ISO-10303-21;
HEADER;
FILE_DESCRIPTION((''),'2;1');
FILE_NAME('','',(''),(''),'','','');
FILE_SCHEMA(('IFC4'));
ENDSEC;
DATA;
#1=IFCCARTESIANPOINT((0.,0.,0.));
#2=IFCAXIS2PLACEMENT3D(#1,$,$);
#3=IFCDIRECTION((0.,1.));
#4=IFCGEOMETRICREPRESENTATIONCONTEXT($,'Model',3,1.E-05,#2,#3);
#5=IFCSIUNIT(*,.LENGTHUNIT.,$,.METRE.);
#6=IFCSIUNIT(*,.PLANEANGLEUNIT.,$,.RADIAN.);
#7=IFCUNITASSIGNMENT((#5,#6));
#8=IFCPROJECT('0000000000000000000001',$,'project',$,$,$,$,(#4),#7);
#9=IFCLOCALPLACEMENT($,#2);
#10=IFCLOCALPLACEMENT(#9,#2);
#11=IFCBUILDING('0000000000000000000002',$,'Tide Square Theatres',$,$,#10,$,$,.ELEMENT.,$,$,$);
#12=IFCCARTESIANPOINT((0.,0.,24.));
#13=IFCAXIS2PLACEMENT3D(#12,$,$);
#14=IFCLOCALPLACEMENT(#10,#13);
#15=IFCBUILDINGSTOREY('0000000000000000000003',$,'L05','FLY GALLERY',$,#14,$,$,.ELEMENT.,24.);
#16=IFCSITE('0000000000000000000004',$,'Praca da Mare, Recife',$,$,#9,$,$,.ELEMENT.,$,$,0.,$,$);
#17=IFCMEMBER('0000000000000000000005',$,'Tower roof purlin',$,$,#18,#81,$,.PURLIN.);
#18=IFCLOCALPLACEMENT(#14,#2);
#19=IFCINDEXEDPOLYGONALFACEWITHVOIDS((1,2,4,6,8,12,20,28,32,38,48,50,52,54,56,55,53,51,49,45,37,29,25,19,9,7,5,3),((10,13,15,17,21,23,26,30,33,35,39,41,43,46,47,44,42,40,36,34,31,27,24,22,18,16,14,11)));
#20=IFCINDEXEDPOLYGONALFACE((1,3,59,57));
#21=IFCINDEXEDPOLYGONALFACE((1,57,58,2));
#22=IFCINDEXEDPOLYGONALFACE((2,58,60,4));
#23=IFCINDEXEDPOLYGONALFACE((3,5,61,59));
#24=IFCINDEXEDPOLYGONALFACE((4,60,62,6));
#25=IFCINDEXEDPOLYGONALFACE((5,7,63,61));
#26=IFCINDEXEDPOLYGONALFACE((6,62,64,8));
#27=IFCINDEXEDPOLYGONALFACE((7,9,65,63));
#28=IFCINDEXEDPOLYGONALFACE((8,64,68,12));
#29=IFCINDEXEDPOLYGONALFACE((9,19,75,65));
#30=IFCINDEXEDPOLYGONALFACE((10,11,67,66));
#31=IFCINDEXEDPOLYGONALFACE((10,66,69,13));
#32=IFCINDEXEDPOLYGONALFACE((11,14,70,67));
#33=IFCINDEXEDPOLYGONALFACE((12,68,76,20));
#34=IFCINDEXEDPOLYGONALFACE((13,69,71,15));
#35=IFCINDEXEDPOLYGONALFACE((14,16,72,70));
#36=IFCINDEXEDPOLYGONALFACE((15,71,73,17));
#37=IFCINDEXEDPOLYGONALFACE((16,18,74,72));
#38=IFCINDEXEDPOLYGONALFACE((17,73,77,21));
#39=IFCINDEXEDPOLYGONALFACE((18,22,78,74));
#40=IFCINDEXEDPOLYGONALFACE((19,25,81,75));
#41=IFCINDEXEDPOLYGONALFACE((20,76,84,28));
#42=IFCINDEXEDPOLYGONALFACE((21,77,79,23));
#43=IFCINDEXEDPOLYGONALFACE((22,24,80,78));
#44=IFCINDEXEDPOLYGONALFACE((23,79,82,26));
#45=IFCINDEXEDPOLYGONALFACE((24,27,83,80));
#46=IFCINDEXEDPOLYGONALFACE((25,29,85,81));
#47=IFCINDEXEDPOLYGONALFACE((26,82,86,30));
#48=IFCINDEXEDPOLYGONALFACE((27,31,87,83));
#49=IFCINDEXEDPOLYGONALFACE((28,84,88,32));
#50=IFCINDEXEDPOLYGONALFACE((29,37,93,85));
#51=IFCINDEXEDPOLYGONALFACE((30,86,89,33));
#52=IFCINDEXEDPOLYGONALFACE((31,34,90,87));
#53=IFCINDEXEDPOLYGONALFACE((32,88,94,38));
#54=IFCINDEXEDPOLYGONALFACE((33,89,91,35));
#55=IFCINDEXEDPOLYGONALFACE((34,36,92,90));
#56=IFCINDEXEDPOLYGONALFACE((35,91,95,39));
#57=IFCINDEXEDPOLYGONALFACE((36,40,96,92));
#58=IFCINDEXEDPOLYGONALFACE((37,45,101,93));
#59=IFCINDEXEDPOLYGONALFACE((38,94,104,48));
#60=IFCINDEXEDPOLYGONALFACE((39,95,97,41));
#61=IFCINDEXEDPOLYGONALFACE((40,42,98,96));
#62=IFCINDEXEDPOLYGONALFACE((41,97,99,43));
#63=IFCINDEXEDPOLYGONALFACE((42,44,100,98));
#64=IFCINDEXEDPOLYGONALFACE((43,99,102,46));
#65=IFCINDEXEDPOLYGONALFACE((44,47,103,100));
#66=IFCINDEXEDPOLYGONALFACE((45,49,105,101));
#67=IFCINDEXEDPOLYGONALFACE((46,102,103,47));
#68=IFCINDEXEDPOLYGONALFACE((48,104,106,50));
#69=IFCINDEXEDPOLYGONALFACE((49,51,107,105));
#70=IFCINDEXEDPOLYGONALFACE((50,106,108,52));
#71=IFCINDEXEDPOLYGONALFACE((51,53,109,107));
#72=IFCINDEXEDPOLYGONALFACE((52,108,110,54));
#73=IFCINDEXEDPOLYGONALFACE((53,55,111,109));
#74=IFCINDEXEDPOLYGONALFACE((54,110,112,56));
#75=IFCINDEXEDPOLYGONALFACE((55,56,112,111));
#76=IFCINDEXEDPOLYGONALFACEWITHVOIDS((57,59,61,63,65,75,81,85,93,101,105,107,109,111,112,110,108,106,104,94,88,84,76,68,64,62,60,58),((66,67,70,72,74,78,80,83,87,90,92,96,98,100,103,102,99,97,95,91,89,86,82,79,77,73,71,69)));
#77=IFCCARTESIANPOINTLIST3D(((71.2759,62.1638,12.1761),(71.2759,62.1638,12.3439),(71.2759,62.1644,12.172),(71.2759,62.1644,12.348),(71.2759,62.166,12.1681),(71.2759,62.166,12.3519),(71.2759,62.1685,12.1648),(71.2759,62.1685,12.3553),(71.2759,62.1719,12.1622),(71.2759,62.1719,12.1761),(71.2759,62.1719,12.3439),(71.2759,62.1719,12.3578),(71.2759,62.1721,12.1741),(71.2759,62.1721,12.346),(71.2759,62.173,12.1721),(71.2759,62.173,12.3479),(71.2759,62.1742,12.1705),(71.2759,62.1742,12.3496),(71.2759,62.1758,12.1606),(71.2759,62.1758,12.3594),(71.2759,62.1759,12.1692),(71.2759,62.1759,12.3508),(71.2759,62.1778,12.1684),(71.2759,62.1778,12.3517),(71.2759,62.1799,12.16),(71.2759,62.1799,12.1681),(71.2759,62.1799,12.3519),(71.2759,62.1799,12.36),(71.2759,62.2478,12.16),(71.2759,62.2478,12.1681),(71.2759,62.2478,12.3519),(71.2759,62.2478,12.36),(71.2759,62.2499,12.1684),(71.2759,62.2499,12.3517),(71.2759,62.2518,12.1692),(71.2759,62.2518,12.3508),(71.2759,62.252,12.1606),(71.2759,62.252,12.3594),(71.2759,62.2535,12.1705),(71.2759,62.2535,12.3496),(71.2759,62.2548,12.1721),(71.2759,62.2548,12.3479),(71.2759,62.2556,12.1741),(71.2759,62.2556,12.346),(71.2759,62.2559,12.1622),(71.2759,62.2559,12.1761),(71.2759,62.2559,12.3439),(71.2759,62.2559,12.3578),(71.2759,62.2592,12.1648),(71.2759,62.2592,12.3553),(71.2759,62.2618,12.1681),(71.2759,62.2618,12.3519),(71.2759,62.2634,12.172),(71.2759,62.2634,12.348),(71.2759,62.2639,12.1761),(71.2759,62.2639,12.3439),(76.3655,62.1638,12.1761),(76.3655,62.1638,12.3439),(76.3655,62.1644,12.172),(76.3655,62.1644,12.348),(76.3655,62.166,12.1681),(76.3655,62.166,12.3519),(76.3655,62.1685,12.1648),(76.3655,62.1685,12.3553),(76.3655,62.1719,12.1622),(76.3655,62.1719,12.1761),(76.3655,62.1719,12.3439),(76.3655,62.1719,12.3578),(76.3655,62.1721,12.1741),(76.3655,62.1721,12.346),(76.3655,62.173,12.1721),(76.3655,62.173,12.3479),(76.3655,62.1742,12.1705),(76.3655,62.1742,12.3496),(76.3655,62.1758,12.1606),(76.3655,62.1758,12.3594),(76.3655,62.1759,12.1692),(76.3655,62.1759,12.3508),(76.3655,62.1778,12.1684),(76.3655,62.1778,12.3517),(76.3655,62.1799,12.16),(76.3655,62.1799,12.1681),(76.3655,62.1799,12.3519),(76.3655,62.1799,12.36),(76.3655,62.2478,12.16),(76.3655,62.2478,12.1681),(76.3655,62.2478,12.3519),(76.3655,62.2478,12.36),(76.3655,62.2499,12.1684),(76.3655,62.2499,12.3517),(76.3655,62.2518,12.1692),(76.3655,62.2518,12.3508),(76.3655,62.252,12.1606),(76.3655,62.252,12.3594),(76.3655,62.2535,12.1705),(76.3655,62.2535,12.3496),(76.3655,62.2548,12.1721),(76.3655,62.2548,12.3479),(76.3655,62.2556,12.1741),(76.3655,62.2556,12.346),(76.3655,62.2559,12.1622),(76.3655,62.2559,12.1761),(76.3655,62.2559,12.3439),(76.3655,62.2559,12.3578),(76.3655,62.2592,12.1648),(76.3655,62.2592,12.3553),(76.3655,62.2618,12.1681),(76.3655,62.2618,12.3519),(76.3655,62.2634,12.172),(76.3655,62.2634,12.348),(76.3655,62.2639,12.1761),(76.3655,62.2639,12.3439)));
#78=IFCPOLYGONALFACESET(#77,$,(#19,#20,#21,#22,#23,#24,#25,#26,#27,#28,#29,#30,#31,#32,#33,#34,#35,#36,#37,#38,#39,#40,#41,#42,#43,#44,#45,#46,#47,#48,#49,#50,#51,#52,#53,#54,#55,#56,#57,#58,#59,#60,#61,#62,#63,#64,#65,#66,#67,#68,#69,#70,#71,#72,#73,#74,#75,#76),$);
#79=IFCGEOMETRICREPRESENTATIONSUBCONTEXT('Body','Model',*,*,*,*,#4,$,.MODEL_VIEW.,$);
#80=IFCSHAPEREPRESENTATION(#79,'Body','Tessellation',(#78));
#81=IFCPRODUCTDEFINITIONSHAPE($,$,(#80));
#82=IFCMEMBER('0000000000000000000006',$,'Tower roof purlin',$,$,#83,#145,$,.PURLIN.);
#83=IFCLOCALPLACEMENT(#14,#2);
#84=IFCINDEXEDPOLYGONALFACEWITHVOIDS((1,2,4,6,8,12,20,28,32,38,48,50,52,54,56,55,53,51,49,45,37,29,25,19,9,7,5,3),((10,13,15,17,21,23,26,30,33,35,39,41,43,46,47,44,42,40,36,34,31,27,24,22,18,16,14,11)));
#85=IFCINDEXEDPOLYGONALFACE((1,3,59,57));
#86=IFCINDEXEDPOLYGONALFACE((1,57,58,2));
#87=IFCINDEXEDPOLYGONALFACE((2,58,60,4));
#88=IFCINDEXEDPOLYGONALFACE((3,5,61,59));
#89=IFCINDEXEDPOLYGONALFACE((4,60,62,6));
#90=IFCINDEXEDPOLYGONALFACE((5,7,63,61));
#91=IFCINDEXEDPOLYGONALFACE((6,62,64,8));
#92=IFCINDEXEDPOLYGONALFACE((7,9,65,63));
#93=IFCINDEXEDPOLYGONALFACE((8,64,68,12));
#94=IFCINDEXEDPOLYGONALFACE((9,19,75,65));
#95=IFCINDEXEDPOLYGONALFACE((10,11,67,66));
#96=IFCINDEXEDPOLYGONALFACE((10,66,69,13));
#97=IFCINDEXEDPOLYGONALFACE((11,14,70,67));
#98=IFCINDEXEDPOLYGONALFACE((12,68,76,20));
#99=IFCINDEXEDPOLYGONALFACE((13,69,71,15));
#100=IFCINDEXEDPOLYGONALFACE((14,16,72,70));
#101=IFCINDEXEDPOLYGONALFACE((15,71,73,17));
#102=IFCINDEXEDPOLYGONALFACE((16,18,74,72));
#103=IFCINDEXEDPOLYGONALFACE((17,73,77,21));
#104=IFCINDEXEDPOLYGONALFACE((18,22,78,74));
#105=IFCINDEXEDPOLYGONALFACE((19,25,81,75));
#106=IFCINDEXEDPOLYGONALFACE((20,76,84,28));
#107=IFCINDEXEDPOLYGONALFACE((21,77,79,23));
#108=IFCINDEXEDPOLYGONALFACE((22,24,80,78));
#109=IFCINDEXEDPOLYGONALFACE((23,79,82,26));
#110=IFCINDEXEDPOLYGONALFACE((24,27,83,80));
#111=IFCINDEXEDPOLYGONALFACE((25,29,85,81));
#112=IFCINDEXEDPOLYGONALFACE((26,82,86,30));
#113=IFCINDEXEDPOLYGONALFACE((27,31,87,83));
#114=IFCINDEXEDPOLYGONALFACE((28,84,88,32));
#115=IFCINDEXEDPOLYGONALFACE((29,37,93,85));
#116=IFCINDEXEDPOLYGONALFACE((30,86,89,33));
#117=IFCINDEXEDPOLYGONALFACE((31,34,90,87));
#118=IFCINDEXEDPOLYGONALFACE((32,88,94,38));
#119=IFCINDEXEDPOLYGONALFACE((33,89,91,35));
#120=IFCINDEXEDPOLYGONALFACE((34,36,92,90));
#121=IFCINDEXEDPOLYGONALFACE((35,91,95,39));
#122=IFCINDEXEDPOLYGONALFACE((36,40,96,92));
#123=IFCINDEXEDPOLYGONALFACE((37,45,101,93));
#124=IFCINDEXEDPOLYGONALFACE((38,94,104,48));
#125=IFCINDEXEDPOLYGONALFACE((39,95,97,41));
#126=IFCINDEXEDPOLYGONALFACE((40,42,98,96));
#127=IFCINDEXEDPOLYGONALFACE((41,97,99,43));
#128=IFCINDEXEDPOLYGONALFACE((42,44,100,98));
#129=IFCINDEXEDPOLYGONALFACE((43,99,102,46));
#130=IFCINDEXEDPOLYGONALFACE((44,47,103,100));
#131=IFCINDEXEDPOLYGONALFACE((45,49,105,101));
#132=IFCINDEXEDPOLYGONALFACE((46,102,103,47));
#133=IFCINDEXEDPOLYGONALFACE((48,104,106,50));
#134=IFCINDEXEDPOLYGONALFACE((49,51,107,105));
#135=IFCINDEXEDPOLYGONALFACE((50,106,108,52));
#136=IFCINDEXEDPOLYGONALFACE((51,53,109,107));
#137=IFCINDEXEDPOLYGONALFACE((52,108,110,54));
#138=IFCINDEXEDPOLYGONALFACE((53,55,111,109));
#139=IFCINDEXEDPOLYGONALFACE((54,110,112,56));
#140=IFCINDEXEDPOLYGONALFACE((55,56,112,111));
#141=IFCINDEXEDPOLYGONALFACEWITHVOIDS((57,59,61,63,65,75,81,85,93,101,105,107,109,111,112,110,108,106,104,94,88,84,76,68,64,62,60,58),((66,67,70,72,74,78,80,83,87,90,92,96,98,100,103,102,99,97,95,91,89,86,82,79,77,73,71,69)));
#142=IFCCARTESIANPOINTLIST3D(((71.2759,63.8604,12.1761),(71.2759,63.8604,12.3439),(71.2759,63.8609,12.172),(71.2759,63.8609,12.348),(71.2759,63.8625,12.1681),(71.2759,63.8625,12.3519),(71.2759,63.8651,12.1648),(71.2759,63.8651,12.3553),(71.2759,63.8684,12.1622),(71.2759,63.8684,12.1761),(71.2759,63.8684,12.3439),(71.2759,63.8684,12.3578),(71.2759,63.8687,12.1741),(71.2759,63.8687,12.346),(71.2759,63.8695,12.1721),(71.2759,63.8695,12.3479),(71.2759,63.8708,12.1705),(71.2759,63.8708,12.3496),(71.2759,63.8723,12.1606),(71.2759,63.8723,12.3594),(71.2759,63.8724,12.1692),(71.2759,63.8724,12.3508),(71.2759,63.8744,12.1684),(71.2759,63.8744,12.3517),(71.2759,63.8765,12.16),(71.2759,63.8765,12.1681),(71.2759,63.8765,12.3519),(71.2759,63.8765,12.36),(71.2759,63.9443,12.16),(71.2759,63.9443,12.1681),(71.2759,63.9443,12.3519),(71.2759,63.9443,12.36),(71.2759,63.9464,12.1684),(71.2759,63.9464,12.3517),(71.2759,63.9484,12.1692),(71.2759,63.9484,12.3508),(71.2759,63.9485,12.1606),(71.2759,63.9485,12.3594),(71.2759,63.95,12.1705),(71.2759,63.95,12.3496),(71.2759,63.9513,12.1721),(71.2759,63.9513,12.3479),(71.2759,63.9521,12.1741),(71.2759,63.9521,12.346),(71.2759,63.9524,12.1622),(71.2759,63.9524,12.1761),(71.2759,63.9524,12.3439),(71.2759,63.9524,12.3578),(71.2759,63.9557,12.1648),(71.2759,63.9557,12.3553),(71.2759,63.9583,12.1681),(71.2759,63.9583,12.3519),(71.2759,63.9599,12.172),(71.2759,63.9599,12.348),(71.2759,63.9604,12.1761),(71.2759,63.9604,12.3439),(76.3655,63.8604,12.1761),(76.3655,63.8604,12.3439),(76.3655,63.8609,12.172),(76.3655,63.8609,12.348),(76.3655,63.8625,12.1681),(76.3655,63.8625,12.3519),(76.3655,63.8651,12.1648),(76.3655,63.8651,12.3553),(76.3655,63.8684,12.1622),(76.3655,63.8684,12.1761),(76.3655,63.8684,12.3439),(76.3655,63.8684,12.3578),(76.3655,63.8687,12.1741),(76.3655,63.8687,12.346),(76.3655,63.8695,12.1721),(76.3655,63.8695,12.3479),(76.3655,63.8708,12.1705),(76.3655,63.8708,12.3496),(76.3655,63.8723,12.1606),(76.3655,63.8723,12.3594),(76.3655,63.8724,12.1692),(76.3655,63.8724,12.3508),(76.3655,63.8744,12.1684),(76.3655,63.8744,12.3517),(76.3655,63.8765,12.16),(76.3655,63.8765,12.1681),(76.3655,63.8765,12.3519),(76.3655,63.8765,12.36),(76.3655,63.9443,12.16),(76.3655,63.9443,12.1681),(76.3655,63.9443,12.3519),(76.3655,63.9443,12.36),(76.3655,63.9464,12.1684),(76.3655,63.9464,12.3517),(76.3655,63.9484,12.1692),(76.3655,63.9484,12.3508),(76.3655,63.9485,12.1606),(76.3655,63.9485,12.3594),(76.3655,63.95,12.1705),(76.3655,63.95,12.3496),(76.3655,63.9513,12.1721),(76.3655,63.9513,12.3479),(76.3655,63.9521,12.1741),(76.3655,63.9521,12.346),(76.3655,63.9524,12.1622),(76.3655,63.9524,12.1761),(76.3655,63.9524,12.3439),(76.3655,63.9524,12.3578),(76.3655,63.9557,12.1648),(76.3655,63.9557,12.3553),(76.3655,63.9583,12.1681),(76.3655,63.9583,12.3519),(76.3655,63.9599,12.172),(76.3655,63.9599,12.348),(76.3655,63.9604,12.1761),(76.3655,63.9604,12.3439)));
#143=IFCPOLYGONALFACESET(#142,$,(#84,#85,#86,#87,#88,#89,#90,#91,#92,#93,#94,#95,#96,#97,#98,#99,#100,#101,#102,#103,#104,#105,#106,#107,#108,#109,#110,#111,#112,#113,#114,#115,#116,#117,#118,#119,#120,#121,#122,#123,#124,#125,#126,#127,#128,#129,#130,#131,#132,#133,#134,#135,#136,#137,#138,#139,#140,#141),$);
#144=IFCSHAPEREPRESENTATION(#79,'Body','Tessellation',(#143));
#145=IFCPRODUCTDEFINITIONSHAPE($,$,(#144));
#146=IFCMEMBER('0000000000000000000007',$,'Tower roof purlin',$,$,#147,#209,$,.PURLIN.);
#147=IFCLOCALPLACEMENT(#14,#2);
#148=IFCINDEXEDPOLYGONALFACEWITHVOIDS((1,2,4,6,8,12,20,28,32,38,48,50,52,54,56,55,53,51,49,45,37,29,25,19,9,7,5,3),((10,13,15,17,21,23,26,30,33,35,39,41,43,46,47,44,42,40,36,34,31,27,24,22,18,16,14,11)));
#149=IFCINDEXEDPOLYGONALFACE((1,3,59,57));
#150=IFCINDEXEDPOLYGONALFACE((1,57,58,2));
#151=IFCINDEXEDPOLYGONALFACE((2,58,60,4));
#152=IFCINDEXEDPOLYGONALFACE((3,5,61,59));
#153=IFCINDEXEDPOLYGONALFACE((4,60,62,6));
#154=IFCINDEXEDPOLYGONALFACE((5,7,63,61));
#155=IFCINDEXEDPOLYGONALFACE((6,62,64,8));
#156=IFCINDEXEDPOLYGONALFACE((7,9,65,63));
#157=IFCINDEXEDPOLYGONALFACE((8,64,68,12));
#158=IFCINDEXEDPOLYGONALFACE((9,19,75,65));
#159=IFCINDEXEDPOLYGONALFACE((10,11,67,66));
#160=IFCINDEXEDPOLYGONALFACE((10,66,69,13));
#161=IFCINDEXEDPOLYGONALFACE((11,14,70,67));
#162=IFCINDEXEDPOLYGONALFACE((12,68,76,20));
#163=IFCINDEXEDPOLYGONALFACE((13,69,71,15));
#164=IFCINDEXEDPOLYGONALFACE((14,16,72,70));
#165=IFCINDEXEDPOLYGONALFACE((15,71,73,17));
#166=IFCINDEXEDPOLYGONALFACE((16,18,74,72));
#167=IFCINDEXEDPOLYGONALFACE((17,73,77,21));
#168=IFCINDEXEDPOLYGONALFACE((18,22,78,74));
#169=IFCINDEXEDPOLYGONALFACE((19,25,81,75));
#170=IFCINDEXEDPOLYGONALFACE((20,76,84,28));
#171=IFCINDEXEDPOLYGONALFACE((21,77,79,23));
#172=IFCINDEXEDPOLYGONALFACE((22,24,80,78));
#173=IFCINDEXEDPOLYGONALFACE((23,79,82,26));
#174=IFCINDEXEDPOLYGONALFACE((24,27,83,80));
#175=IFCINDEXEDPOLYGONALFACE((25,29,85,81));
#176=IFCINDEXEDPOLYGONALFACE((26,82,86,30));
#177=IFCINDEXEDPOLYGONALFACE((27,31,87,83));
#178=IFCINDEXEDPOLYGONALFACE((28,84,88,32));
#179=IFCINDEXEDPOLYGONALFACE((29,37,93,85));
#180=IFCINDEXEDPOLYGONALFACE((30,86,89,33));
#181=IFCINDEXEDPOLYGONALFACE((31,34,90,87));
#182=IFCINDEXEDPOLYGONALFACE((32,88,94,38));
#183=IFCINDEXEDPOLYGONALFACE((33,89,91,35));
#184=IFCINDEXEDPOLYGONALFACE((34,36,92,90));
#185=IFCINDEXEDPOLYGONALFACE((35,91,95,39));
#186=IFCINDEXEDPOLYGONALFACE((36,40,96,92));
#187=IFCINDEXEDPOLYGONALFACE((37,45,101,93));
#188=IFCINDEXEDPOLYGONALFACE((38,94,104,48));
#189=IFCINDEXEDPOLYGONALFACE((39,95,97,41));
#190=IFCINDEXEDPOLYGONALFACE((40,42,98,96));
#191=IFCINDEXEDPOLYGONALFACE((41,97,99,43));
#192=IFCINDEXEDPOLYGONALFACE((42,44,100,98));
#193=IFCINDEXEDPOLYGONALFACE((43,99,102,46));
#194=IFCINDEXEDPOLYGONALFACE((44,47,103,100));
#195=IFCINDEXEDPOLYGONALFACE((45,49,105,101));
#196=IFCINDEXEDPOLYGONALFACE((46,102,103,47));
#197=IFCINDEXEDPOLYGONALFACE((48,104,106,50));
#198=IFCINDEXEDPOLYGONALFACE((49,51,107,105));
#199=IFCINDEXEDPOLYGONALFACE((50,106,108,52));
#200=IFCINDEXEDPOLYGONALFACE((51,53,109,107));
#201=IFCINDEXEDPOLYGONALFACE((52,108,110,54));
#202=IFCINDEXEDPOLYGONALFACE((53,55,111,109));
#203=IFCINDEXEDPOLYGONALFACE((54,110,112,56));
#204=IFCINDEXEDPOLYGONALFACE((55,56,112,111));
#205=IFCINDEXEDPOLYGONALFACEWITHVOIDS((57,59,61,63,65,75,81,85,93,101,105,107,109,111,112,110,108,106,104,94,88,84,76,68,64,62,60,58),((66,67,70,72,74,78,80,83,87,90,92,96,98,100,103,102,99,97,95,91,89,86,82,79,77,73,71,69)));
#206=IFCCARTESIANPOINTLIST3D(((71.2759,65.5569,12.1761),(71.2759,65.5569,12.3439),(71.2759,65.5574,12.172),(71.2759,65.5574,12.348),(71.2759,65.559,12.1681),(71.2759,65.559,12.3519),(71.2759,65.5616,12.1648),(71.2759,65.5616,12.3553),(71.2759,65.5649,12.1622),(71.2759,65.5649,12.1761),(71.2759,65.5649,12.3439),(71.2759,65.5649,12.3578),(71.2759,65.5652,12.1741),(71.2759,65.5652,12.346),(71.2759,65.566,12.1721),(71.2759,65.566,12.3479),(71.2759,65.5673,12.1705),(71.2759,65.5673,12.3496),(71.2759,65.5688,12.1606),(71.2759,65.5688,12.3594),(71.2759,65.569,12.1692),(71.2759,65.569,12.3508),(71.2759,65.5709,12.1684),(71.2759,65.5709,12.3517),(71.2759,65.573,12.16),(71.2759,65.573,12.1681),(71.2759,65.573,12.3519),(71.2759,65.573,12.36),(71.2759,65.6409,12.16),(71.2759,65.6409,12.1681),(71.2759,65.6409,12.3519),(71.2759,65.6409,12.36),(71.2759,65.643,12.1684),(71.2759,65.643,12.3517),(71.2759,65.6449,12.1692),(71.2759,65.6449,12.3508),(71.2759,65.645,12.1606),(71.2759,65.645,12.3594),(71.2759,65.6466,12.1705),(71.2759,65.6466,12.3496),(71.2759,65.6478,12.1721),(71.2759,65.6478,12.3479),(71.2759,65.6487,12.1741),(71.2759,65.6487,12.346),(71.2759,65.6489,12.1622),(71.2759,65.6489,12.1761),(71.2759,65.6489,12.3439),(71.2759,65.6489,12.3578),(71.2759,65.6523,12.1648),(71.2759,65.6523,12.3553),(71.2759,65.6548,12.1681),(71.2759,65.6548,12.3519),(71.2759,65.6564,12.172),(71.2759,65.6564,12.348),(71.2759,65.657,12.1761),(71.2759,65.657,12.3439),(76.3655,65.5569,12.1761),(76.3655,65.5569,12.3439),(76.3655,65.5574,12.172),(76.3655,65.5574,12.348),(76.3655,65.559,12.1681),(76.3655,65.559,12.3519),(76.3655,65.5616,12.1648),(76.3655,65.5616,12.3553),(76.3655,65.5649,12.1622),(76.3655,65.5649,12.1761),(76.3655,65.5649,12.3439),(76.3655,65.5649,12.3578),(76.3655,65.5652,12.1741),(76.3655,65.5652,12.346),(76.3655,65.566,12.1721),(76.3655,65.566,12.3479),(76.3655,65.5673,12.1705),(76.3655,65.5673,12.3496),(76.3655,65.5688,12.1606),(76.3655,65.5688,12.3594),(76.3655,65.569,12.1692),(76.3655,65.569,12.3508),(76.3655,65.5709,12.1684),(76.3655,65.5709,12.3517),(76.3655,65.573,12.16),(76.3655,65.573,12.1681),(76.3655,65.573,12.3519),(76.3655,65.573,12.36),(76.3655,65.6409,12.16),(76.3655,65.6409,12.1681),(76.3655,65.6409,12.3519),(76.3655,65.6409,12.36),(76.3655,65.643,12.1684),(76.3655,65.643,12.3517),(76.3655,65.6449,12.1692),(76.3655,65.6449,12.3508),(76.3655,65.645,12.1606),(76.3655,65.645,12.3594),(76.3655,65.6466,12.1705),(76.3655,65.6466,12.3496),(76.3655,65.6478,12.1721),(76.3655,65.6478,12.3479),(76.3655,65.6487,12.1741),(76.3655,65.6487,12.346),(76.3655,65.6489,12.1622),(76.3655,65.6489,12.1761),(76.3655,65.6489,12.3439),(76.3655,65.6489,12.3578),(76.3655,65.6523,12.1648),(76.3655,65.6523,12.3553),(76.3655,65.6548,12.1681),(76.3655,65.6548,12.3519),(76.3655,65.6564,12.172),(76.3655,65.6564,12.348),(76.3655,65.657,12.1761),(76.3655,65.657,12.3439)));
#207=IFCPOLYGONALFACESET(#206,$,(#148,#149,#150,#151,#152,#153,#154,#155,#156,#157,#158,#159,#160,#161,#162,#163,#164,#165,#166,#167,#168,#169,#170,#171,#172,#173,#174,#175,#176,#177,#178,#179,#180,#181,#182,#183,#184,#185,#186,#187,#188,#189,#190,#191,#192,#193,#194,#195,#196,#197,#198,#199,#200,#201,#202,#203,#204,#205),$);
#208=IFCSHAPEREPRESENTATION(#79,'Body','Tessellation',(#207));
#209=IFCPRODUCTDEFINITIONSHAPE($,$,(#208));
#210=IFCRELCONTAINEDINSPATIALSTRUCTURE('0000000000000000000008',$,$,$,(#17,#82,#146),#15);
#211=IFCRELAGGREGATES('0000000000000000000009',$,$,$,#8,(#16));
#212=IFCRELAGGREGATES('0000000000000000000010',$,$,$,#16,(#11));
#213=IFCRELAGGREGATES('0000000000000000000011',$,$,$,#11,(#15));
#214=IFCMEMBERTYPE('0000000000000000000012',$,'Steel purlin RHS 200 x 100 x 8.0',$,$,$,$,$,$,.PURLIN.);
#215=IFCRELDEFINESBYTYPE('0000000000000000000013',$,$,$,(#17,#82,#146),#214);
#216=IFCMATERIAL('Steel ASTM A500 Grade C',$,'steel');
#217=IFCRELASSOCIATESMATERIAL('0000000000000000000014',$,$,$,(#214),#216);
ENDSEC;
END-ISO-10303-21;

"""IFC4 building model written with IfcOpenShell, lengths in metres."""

from ifc_helpers import new_model, si_unit, direction, frame, origin, origin_2d, place, context, subcontext, project, spatial, hollow_rectangle, extrude, material, material_profile, profile_set, type_object, element, save


model = new_model("IFC4")

# Units and contexts
model_context = context("Model", 3, precision=1e-05, world=origin(), true_north=direction((0.0, 1.0)))
body_context = subcontext(model_context, "Body", "Model", "MODEL_VIEW")
ifc_project = project(units=[si_unit("LENGTHUNIT", "METRE"), si_unit("PLANEANGLEUNIT", "RADIAN")], contexts=[model_context])

# Site, building, storey
site_placement = place(None, origin())
site = spatial("IfcSite", under=ifc_project, at=site_placement, Name="Praca da Mare, Recife", CompositionType="ELEMENT", RefElevation=0.0)
building_placement = place(site_placement, origin())
building = spatial("IfcBuilding", under=site, at=building_placement, Name="Tide Square Theatres", CompositionType="ELEMENT")
storey_placement = place(building_placement, frame((0.0, 0.0, 24.0)))
storey = spatial("IfcBuildingStorey", under=building, at=storey_placement, Name="L05", Description="FLY GALLERY", CompositionType="ELEMENT", Elevation=24.0)

# Members
ifc_material_1 = material(Name="Steel ASTM A500 Grade C", Category="steel")
ifc_material_profile_1 = material_profile(ifc_material_1, hollow_rectangle(XDim=0.1001, YDim=0.2, WallThickness=0.0081, InnerFilletRadius=0.0081, OuterFilletRadius=0.0161, at=origin_2d()))
ifc_profile_set_1 = profile_set([ifc_material_profile_1], Name="Steel ASTM A500 Grade C")
member_type_1 = type_object("IfcMemberType", Name="Steel purlin RHS 200 x 100 x 8.0", PredefinedType="PURLIN", material=ifc_profile_set_1)
for number, where, z_axis, x_axis, name in (
    (1, (71.2759, 62.2139, 12.26), (1.0, 0.0, 0.0), (0.0, 1.0, 0.0), "Tower roof purlin"),
    (2, (71.2759, 63.9104, 12.26), (1.0, 0.0, 0.0), (0.0, 1.0, 0.0), "Tower roof purlin"),
    (3, (71.2759, 65.6069, 12.26), (1.0, 0.0, 0.0), (0.0, 1.0, 0.0), "Tower roof purlin"),
):
    element("IfcMember", number, at=place(storey_placement, frame(where, z_axis=z_axis, x_axis=x_axis)), inside=storey, type_object=member_type_1, Name=name, PredefinedType="PURLIN", context=body_context, shape_type="SweptSolid", body=[
        extrude(hollow_rectangle(XDim=0.1001, YDim=0.2, WallThickness=0.0081, InnerFilletRadius=0.0081, OuterFilletRadius=0.0161, at=origin_2d()), origin(), (0.0, 0.0, 1.0), 5.0896),
    ])

save(model, "model.ifc")
